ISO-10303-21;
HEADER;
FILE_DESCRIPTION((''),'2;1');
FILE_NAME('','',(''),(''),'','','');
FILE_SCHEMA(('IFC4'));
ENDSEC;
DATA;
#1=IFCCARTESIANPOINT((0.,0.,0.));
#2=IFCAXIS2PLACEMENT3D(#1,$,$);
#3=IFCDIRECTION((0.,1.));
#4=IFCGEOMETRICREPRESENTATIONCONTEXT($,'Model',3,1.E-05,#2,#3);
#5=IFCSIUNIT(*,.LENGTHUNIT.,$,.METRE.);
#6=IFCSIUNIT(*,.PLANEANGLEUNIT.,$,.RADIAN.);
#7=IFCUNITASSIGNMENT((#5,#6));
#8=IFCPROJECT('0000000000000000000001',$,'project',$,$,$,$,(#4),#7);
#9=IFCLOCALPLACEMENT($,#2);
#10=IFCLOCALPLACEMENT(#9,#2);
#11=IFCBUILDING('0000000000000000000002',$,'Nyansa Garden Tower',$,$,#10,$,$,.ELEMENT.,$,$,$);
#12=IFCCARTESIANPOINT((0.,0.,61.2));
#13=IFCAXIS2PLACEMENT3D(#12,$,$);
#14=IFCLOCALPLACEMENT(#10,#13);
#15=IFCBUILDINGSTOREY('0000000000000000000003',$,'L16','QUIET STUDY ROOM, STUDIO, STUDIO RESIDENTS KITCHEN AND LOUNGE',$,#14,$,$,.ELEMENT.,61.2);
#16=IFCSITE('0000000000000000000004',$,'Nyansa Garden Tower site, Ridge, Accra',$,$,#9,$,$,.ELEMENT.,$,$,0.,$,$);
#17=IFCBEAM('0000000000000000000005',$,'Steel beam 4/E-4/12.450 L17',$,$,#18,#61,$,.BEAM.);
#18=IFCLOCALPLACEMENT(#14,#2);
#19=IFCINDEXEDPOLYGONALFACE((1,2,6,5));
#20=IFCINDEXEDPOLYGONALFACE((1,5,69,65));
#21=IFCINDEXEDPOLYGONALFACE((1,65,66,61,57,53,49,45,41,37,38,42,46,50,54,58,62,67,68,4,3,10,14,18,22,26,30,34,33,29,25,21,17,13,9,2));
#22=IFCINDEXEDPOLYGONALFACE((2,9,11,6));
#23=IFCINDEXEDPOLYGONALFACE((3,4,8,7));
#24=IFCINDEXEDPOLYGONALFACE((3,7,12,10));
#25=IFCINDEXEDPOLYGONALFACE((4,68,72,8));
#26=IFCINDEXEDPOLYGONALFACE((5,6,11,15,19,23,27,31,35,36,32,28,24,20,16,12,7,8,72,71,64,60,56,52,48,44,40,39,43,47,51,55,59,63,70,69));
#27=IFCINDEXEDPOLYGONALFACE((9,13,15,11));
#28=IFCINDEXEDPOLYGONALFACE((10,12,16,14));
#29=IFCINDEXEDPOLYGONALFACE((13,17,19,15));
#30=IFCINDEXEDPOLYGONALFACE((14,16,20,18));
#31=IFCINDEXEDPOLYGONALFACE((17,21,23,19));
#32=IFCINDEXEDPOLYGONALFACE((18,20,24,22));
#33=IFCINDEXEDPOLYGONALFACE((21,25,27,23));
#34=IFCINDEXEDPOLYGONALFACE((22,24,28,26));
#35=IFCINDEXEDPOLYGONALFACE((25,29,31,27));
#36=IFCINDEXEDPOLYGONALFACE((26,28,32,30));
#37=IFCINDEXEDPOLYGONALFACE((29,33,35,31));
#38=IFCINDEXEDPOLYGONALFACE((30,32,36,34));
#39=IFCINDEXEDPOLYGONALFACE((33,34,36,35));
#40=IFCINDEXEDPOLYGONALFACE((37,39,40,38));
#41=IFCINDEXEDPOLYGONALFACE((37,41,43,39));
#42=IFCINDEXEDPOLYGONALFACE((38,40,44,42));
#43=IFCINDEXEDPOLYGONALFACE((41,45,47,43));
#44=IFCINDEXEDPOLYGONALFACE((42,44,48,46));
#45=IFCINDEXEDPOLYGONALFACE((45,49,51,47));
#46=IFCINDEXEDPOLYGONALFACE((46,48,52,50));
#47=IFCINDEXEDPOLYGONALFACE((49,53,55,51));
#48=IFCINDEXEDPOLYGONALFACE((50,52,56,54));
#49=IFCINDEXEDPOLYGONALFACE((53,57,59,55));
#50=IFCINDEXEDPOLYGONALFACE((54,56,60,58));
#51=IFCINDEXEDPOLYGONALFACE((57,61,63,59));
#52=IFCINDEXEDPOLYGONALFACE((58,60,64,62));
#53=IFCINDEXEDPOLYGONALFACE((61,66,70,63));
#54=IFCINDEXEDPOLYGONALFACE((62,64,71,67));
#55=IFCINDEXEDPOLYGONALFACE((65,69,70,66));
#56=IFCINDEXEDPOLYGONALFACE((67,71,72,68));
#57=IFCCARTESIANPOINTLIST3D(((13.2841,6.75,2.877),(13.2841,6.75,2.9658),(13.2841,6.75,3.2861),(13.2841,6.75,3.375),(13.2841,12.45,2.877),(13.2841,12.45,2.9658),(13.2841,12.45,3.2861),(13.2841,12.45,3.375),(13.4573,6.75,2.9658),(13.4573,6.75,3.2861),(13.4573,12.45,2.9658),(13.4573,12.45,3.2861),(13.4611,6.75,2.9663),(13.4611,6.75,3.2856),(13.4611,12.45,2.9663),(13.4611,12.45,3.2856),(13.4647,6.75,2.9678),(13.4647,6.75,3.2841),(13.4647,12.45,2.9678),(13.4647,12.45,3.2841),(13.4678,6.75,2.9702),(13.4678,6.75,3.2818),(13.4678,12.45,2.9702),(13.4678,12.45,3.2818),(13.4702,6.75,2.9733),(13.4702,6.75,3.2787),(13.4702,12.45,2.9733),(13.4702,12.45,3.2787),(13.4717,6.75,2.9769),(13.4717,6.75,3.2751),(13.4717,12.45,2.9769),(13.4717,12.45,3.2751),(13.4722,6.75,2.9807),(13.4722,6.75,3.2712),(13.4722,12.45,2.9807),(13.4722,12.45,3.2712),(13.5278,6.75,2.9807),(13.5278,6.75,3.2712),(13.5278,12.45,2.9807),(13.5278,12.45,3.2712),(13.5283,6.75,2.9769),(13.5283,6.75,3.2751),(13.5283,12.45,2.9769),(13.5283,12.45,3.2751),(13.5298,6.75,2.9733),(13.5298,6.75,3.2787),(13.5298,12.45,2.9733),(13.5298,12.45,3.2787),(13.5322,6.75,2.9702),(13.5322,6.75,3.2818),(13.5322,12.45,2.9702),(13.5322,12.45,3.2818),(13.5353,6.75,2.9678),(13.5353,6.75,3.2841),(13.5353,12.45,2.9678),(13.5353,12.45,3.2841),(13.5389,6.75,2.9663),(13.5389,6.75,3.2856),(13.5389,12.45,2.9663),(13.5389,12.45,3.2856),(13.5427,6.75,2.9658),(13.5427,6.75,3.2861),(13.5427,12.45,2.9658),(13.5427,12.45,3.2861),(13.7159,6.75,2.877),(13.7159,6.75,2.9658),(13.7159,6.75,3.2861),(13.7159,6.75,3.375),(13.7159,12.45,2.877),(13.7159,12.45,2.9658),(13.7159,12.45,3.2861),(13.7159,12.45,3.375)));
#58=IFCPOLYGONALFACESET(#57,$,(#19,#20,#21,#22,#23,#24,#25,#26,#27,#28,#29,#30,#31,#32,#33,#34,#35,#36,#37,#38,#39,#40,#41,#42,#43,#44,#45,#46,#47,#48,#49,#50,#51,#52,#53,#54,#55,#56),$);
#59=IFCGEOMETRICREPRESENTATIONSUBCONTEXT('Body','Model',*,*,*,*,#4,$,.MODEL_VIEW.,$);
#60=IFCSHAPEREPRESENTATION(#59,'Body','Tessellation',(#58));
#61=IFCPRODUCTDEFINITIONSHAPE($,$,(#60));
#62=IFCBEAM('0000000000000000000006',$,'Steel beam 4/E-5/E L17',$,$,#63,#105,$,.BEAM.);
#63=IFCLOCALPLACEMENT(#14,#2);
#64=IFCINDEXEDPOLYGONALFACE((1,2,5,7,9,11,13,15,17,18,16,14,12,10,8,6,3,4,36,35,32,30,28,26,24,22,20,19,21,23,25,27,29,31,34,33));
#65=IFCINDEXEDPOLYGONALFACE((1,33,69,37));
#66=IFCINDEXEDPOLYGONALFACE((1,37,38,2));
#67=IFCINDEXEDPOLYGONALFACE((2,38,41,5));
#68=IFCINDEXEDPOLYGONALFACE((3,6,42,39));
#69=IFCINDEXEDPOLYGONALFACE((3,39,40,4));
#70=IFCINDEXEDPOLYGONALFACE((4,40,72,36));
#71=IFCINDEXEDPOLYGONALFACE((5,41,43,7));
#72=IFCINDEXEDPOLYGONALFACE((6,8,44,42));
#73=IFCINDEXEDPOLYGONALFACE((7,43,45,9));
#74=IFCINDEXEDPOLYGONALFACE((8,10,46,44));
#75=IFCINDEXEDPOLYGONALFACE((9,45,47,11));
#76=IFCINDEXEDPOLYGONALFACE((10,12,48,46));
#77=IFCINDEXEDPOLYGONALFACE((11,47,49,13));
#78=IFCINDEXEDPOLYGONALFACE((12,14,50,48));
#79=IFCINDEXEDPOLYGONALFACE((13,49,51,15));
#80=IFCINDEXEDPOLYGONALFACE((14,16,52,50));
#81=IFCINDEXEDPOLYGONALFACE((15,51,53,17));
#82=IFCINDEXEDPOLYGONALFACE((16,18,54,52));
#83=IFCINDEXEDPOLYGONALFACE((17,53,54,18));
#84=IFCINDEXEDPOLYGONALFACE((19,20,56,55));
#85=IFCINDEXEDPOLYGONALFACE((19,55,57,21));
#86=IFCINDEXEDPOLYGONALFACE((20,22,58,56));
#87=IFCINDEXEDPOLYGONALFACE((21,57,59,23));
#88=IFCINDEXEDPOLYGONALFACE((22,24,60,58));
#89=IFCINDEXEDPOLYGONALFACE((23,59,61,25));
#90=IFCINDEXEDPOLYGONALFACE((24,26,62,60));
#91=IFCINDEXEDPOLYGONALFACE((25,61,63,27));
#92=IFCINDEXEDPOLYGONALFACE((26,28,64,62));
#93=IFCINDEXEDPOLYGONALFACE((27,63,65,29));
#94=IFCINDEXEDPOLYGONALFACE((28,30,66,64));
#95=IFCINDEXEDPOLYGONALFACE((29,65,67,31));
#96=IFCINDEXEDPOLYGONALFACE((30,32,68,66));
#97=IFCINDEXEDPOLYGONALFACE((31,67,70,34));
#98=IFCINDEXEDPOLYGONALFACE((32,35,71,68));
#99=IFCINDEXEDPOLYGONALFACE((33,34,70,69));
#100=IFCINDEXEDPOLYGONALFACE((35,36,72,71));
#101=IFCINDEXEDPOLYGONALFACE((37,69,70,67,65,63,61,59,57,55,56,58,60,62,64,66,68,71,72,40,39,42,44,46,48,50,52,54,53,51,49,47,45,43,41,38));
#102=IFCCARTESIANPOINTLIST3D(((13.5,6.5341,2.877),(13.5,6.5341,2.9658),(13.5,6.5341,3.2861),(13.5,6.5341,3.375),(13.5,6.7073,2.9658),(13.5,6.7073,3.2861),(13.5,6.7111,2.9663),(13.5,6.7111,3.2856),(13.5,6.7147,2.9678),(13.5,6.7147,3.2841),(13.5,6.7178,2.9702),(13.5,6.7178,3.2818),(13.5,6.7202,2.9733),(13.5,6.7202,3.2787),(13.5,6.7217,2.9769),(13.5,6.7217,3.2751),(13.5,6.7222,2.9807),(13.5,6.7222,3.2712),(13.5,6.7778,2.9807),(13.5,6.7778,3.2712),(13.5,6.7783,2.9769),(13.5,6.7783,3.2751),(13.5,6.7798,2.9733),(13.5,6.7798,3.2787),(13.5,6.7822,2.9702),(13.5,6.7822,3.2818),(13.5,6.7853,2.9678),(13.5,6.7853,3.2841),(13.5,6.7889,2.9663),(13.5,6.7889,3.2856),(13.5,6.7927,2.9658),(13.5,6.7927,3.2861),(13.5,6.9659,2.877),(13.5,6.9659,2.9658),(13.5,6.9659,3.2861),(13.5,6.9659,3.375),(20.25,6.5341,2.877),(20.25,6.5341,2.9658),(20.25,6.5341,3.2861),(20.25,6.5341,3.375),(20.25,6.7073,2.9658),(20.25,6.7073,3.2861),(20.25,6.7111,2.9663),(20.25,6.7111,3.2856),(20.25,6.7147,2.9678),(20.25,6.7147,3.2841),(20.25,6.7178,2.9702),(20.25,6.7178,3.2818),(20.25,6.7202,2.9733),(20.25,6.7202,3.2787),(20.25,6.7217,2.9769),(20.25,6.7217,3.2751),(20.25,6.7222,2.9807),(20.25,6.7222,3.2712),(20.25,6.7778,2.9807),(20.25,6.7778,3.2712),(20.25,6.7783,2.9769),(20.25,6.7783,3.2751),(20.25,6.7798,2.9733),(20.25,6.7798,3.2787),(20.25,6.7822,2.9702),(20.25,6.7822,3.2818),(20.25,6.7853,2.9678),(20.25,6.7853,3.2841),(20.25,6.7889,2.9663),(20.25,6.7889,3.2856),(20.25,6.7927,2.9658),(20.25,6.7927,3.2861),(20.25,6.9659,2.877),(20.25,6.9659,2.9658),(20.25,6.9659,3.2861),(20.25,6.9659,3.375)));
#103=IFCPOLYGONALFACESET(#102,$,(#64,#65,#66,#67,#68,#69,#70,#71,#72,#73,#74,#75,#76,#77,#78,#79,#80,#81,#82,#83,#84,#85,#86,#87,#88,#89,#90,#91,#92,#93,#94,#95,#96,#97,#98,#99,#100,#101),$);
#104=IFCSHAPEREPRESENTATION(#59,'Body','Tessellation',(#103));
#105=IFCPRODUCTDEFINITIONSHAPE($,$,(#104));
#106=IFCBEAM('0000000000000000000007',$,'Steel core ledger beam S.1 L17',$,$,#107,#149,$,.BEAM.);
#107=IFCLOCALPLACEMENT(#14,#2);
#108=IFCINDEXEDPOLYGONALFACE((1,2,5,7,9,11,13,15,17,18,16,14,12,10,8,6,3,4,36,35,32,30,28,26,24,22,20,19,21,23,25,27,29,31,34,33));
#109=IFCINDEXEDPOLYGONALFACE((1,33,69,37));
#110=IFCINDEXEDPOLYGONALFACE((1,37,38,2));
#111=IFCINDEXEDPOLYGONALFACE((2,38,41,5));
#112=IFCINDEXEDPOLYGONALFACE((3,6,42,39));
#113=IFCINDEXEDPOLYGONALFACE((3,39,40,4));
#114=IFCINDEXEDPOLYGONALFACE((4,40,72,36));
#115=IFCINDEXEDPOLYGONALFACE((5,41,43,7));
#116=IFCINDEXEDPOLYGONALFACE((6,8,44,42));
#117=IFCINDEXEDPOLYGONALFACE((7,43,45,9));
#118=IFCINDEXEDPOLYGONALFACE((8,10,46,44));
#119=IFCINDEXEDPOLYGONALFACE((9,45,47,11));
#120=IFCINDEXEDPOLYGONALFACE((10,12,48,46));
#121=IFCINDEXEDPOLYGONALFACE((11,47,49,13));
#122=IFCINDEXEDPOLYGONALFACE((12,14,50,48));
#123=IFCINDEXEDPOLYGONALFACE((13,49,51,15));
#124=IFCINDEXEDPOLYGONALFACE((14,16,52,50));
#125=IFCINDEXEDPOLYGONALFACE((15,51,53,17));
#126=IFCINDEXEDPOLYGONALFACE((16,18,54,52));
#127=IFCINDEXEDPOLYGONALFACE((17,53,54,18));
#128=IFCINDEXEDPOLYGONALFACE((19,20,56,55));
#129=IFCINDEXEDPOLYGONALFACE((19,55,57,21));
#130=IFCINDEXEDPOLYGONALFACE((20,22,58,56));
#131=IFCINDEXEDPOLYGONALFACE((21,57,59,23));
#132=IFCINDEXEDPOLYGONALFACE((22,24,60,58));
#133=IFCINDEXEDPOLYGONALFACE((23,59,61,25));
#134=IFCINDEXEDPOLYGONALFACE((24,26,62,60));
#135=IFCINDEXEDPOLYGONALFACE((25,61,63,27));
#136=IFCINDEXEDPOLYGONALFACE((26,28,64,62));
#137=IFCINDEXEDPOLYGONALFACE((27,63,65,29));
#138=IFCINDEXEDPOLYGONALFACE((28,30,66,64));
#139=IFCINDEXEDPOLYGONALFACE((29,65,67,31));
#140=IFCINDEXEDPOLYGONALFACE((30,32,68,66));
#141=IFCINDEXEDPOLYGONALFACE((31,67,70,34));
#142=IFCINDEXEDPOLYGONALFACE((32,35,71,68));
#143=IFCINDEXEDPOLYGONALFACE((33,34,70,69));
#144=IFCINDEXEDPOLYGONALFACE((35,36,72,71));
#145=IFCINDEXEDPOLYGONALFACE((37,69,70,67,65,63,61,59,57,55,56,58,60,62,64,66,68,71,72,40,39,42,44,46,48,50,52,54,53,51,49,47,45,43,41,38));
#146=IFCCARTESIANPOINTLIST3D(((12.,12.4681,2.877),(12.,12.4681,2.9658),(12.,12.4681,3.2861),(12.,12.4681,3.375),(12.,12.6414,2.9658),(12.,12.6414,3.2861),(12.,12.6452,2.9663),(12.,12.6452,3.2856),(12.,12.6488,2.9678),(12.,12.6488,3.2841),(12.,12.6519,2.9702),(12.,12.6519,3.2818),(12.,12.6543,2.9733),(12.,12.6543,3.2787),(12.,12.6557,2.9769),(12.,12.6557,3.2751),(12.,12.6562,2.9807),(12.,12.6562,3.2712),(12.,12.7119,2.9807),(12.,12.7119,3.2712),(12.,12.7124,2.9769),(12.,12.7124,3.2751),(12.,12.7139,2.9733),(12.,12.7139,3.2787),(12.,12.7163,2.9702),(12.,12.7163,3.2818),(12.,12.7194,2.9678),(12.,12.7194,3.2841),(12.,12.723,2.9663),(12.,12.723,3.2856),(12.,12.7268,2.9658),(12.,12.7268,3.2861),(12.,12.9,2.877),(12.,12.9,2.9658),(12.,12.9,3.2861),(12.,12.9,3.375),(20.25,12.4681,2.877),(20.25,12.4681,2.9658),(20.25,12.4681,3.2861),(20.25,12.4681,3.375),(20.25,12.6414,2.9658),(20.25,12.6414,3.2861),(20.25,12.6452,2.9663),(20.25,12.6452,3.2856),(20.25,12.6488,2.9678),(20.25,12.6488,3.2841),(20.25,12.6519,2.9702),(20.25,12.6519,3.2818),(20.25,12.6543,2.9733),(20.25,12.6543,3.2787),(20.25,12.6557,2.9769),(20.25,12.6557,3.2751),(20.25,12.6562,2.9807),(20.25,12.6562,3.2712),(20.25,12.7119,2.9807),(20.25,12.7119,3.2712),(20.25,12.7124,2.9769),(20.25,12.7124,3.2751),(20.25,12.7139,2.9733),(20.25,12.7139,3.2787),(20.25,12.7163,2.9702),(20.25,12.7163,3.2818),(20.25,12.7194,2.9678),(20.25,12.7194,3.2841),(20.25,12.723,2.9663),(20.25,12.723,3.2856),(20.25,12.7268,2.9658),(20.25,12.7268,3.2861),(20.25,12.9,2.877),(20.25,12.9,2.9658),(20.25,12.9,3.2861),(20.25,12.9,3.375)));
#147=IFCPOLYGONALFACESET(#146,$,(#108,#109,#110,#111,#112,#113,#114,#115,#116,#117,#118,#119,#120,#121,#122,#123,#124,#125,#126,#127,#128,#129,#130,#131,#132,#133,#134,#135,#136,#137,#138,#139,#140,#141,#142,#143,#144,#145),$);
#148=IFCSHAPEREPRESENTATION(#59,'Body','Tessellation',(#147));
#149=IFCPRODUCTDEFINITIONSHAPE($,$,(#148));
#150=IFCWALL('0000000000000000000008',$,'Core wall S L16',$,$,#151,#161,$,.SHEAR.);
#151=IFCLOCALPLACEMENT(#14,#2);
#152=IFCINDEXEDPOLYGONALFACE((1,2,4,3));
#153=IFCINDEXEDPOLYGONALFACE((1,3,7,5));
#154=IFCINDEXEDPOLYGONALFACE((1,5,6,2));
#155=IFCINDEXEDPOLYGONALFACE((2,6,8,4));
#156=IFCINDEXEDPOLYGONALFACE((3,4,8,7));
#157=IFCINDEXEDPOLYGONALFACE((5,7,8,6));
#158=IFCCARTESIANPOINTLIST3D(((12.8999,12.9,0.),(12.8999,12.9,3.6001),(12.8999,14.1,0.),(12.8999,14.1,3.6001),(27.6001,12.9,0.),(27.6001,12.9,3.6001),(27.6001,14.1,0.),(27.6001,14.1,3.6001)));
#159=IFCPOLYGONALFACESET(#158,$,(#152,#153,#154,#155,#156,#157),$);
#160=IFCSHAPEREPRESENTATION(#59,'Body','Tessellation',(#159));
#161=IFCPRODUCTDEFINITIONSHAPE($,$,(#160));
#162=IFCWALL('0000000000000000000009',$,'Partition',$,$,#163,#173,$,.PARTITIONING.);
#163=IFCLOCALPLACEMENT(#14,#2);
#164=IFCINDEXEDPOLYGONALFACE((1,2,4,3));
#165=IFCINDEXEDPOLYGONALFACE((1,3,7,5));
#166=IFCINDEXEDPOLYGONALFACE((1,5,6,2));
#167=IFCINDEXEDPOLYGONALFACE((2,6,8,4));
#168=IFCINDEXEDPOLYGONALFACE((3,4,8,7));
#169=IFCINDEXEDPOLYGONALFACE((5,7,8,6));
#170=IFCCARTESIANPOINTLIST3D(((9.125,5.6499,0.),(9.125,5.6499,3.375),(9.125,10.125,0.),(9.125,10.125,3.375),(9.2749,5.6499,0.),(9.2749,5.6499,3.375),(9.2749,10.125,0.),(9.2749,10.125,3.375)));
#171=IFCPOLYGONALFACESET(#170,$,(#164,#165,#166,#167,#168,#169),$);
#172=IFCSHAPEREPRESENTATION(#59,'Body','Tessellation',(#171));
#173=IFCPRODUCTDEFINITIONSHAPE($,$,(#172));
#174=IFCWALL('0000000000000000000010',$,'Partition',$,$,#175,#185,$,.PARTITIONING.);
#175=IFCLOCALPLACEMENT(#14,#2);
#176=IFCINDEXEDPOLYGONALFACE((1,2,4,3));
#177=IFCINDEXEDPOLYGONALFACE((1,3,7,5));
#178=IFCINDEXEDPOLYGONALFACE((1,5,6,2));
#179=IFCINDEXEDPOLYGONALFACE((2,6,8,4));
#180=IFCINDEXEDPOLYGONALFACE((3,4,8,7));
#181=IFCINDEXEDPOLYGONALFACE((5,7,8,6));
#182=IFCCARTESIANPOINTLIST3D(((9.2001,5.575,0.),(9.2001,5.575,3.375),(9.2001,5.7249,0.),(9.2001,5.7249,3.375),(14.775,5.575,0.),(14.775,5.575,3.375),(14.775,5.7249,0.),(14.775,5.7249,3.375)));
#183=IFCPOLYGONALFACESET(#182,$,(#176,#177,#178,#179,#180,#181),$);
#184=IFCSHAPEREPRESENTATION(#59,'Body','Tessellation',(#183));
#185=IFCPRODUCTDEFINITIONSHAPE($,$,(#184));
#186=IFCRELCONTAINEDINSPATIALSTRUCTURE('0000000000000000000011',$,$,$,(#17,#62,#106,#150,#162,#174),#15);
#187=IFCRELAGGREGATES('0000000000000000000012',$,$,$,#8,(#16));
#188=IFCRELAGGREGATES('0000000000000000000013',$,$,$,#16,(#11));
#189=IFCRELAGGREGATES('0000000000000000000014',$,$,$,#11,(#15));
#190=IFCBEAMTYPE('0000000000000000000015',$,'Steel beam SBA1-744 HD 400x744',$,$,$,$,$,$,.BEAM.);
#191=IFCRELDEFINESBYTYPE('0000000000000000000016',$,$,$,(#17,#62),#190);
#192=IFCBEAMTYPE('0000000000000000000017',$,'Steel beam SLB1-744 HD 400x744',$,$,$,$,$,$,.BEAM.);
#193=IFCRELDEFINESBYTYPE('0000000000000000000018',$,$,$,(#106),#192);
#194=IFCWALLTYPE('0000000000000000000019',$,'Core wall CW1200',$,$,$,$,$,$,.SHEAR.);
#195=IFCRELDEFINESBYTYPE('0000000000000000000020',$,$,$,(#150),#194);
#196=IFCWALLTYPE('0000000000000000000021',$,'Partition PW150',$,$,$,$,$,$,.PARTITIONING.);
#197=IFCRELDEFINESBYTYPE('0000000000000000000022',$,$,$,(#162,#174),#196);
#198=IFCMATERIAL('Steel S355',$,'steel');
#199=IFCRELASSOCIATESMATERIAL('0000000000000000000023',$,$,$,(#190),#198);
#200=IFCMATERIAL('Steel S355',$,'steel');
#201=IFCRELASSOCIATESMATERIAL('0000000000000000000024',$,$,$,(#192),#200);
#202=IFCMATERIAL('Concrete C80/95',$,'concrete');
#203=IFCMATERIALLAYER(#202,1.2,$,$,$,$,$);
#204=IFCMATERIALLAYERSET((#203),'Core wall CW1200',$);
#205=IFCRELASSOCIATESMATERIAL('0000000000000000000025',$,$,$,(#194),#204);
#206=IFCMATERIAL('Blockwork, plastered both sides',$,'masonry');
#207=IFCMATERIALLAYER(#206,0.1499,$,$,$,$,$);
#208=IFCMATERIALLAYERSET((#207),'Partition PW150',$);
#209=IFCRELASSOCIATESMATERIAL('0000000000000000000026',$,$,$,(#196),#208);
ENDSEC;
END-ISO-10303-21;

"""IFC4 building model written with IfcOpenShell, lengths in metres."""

from ifc_helpers import new_model, si_unit, direction, frame, frame_2d, origin, origin_2d, place, context, subcontext, project, spatial, rectangle, i_section, extrude, material, layer, layer_set, material_profile, profile_set, type_object, element, save


model = new_model("IFC4")

# Units and contexts
model_context = context("Model", 3, precision=1e-05, world=origin(), true_north=direction((0.0, 1.0)))
body_context = subcontext(model_context, "Body", "Model", "MODEL_VIEW")
ifc_project = project(units=[si_unit("LENGTHUNIT", "METRE"), si_unit("PLANEANGLEUNIT", "RADIAN")], contexts=[model_context])

# Site, building, storey
site_placement = place(None, origin())
site = spatial("IfcSite", under=ifc_project, at=site_placement, Name="Nyansa Garden Tower site, Ridge, Accra", CompositionType="ELEMENT", RefElevation=0.0)
building_placement = place(site_placement, origin())
building = spatial("IfcBuilding", under=site, at=building_placement, Name="Nyansa Garden Tower", CompositionType="ELEMENT")
storey_placement = place(building_placement, frame((0.0, 0.0, 61.2)))
storey = spatial("IfcBuildingStorey", under=building, at=storey_placement, Name="L16", Description="QUIET STUDY ROOM, STUDIO, STUDIO RESIDENTS KITCHEN AND LOUNGE", CompositionType="ELEMENT", Elevation=61.2)

# Beams
ifc_material_1 = material(Name="Steel S355", Category="steel")
ifc_material_profile_1 = material_profile(ifc_material_1, i_section(OverallWidth=0.4319, OverallDepth=0.498, WebThickness=0.0557, FlangeThickness=0.0889, FilletRadius=0.0149, at=origin_2d()), Name="HD 400x744")
ifc_profile_set_1 = profile_set([ifc_material_profile_1], Name="Steel S355")
beam_type_1 = type_object("IfcBeamType", Name="Steel beam SBA1-744 HD 400x744", PredefinedType="BEAM", material=ifc_profile_set_1)
for number, where, z_axis, x_axis, name in (
    (1, (13.5, 6.75, 3.126), (0.0, 1.0, 0.0), (-1.0, 0.0, 0.0), "Steel beam 4/E-4/12.450 L17"),
):
    element("IfcBeam", number, at=place(storey_placement, frame(where, z_axis=z_axis, x_axis=x_axis)), inside=storey, type_object=beam_type_1, Name=name, PredefinedType="BEAM", context=body_context, shape_type="SweptSolid", body=[
        extrude(i_section(OverallWidth=0.4319, OverallDepth=0.498, WebThickness=0.0557, FlangeThickness=0.0889, FilletRadius=0.0149, at=origin_2d()), origin(), (0.0, 0.0, 1.0), 5.7),
    ])
beam_1_placement = place(storey_placement, frame((13.5, 6.75, 3.126), z_axis=(1.0, 0.0, 0.0), x_axis=(0.0, 1.0, 0.0)))
element("IfcBeam", 2, at=beam_1_placement, inside=storey, type_object=beam_type_1, Name="Steel beam 4/E-5/E L17", PredefinedType="BEAM", context=body_context, shape_type="SweptSolid", body=[
    extrude(i_section(OverallWidth=0.4319, OverallDepth=0.498, WebThickness=0.0557, FlangeThickness=0.0889, FilletRadius=0.0149, at=origin_2d()), origin(), (0.0, 0.0, 1.0), 6.75),
])
ifc_material_2 = material(Name="Steel S355", Category="steel")
ifc_material_profile_2 = material_profile(ifc_material_2, i_section(OverallWidth=0.4319, OverallDepth=0.498, WebThickness=0.0557, FlangeThickness=0.0889, FilletRadius=0.0149, at=origin_2d()), Name="HD 400x744")
ifc_profile_set_2 = profile_set([ifc_material_profile_2], Name="Steel S355")
beam_type_2 = type_object("IfcBeamType", Name="Steel beam SLB1-744 HD 400x744", PredefinedType="BEAM", material=ifc_profile_set_2)
beam_2_placement = place(storey_placement, frame((12.0, 12.6841, 3.126), z_axis=(1.0, 0.0, 0.0), x_axis=(0.0, 1.0, 0.0)))
element("IfcBeam", 3, at=beam_2_placement, inside=storey, type_object=beam_type_2, Name="Steel core ledger beam S.1 L17", PredefinedType="BEAM", context=body_context, shape_type="SweptSolid", body=[
    extrude(i_section(OverallWidth=0.4319, OverallDepth=0.498, WebThickness=0.0557, FlangeThickness=0.0889, FilletRadius=0.0149, at=origin_2d()), origin(), (0.0, 0.0, 1.0), 8.25),
])

# Walls
ifc_material_3 = material(Name="Concrete C80/95", Category="concrete")
ifc_layer_1 = layer(ifc_material_3, 1.2)
ifc_layer_set_1 = layer_set([ifc_layer_1], Name="Core wall CW1200")
wall_type_1 = type_object("IfcWallType", Name="Core wall CW1200", PredefinedType="SHEAR", material=ifc_layer_set_1)
wall_1_placement = place(storey_placement, frame((12.8999, 13.5, 0.0), z_axis=(0.0, 0.0, 1.0), x_axis=(1.0, 0.0, 0.0)))
element("IfcWall", 4, at=wall_1_placement, inside=storey, type_object=wall_type_1, Name="Core wall S L16", PredefinedType="SHEAR", context=body_context, shape_type="SweptSolid", body=[
    extrude(rectangle(XDim=14.7002, YDim=1.2, at=frame_2d((7.3501, 0.0))), origin(), (0.0, 0.0, 1.0), 3.6001),
])
ifc_material_4 = material(Name="Blockwork, plastered both sides", Category="masonry")
ifc_layer_2 = layer(ifc_material_4, 0.1499)
ifc_layer_set_2 = layer_set([ifc_layer_2], Name="Partition PW150")
wall_type_2 = type_object("IfcWallType", Name="Partition PW150", PredefinedType="PARTITIONING", material=ifc_layer_set_2)
wall_2_placement = place(storey_placement, frame((9.2, 5.6499, 0.0), z_axis=(0.0, 0.0, 1.0), x_axis=(0.0, 1.0, 0.0)))
element("IfcWall", 5, at=wall_2_placement, inside=storey, type_object=wall_type_2, Name="Partition", PredefinedType="PARTITIONING", context=body_context, shape_type="SweptSolid", body=[
    extrude(rectangle(XDim=4.4751, YDim=0.1499, at=frame_2d((2.2375, 0.0))), origin(), (0.0, 0.0, 1.0), 3.375),
])
wall_3_placement = place(storey_placement, frame((9.2, 5.6499, 0.0), z_axis=(0.0, 0.0, 1.0), x_axis=(1.0, 0.0, 0.0)))
element("IfcWall", 6, at=wall_3_placement, inside=storey, type_object=wall_type_2, Name="Partition", PredefinedType="PARTITIONING", context=body_context, shape_type="SweptSolid", body=[
    extrude(rectangle(XDim=5.575, YDim=0.1499, at=frame_2d((2.7876, 0.0))), origin(), (0.0, 0.0, 1.0), 3.375),
])

save(model, "model.ifc")
